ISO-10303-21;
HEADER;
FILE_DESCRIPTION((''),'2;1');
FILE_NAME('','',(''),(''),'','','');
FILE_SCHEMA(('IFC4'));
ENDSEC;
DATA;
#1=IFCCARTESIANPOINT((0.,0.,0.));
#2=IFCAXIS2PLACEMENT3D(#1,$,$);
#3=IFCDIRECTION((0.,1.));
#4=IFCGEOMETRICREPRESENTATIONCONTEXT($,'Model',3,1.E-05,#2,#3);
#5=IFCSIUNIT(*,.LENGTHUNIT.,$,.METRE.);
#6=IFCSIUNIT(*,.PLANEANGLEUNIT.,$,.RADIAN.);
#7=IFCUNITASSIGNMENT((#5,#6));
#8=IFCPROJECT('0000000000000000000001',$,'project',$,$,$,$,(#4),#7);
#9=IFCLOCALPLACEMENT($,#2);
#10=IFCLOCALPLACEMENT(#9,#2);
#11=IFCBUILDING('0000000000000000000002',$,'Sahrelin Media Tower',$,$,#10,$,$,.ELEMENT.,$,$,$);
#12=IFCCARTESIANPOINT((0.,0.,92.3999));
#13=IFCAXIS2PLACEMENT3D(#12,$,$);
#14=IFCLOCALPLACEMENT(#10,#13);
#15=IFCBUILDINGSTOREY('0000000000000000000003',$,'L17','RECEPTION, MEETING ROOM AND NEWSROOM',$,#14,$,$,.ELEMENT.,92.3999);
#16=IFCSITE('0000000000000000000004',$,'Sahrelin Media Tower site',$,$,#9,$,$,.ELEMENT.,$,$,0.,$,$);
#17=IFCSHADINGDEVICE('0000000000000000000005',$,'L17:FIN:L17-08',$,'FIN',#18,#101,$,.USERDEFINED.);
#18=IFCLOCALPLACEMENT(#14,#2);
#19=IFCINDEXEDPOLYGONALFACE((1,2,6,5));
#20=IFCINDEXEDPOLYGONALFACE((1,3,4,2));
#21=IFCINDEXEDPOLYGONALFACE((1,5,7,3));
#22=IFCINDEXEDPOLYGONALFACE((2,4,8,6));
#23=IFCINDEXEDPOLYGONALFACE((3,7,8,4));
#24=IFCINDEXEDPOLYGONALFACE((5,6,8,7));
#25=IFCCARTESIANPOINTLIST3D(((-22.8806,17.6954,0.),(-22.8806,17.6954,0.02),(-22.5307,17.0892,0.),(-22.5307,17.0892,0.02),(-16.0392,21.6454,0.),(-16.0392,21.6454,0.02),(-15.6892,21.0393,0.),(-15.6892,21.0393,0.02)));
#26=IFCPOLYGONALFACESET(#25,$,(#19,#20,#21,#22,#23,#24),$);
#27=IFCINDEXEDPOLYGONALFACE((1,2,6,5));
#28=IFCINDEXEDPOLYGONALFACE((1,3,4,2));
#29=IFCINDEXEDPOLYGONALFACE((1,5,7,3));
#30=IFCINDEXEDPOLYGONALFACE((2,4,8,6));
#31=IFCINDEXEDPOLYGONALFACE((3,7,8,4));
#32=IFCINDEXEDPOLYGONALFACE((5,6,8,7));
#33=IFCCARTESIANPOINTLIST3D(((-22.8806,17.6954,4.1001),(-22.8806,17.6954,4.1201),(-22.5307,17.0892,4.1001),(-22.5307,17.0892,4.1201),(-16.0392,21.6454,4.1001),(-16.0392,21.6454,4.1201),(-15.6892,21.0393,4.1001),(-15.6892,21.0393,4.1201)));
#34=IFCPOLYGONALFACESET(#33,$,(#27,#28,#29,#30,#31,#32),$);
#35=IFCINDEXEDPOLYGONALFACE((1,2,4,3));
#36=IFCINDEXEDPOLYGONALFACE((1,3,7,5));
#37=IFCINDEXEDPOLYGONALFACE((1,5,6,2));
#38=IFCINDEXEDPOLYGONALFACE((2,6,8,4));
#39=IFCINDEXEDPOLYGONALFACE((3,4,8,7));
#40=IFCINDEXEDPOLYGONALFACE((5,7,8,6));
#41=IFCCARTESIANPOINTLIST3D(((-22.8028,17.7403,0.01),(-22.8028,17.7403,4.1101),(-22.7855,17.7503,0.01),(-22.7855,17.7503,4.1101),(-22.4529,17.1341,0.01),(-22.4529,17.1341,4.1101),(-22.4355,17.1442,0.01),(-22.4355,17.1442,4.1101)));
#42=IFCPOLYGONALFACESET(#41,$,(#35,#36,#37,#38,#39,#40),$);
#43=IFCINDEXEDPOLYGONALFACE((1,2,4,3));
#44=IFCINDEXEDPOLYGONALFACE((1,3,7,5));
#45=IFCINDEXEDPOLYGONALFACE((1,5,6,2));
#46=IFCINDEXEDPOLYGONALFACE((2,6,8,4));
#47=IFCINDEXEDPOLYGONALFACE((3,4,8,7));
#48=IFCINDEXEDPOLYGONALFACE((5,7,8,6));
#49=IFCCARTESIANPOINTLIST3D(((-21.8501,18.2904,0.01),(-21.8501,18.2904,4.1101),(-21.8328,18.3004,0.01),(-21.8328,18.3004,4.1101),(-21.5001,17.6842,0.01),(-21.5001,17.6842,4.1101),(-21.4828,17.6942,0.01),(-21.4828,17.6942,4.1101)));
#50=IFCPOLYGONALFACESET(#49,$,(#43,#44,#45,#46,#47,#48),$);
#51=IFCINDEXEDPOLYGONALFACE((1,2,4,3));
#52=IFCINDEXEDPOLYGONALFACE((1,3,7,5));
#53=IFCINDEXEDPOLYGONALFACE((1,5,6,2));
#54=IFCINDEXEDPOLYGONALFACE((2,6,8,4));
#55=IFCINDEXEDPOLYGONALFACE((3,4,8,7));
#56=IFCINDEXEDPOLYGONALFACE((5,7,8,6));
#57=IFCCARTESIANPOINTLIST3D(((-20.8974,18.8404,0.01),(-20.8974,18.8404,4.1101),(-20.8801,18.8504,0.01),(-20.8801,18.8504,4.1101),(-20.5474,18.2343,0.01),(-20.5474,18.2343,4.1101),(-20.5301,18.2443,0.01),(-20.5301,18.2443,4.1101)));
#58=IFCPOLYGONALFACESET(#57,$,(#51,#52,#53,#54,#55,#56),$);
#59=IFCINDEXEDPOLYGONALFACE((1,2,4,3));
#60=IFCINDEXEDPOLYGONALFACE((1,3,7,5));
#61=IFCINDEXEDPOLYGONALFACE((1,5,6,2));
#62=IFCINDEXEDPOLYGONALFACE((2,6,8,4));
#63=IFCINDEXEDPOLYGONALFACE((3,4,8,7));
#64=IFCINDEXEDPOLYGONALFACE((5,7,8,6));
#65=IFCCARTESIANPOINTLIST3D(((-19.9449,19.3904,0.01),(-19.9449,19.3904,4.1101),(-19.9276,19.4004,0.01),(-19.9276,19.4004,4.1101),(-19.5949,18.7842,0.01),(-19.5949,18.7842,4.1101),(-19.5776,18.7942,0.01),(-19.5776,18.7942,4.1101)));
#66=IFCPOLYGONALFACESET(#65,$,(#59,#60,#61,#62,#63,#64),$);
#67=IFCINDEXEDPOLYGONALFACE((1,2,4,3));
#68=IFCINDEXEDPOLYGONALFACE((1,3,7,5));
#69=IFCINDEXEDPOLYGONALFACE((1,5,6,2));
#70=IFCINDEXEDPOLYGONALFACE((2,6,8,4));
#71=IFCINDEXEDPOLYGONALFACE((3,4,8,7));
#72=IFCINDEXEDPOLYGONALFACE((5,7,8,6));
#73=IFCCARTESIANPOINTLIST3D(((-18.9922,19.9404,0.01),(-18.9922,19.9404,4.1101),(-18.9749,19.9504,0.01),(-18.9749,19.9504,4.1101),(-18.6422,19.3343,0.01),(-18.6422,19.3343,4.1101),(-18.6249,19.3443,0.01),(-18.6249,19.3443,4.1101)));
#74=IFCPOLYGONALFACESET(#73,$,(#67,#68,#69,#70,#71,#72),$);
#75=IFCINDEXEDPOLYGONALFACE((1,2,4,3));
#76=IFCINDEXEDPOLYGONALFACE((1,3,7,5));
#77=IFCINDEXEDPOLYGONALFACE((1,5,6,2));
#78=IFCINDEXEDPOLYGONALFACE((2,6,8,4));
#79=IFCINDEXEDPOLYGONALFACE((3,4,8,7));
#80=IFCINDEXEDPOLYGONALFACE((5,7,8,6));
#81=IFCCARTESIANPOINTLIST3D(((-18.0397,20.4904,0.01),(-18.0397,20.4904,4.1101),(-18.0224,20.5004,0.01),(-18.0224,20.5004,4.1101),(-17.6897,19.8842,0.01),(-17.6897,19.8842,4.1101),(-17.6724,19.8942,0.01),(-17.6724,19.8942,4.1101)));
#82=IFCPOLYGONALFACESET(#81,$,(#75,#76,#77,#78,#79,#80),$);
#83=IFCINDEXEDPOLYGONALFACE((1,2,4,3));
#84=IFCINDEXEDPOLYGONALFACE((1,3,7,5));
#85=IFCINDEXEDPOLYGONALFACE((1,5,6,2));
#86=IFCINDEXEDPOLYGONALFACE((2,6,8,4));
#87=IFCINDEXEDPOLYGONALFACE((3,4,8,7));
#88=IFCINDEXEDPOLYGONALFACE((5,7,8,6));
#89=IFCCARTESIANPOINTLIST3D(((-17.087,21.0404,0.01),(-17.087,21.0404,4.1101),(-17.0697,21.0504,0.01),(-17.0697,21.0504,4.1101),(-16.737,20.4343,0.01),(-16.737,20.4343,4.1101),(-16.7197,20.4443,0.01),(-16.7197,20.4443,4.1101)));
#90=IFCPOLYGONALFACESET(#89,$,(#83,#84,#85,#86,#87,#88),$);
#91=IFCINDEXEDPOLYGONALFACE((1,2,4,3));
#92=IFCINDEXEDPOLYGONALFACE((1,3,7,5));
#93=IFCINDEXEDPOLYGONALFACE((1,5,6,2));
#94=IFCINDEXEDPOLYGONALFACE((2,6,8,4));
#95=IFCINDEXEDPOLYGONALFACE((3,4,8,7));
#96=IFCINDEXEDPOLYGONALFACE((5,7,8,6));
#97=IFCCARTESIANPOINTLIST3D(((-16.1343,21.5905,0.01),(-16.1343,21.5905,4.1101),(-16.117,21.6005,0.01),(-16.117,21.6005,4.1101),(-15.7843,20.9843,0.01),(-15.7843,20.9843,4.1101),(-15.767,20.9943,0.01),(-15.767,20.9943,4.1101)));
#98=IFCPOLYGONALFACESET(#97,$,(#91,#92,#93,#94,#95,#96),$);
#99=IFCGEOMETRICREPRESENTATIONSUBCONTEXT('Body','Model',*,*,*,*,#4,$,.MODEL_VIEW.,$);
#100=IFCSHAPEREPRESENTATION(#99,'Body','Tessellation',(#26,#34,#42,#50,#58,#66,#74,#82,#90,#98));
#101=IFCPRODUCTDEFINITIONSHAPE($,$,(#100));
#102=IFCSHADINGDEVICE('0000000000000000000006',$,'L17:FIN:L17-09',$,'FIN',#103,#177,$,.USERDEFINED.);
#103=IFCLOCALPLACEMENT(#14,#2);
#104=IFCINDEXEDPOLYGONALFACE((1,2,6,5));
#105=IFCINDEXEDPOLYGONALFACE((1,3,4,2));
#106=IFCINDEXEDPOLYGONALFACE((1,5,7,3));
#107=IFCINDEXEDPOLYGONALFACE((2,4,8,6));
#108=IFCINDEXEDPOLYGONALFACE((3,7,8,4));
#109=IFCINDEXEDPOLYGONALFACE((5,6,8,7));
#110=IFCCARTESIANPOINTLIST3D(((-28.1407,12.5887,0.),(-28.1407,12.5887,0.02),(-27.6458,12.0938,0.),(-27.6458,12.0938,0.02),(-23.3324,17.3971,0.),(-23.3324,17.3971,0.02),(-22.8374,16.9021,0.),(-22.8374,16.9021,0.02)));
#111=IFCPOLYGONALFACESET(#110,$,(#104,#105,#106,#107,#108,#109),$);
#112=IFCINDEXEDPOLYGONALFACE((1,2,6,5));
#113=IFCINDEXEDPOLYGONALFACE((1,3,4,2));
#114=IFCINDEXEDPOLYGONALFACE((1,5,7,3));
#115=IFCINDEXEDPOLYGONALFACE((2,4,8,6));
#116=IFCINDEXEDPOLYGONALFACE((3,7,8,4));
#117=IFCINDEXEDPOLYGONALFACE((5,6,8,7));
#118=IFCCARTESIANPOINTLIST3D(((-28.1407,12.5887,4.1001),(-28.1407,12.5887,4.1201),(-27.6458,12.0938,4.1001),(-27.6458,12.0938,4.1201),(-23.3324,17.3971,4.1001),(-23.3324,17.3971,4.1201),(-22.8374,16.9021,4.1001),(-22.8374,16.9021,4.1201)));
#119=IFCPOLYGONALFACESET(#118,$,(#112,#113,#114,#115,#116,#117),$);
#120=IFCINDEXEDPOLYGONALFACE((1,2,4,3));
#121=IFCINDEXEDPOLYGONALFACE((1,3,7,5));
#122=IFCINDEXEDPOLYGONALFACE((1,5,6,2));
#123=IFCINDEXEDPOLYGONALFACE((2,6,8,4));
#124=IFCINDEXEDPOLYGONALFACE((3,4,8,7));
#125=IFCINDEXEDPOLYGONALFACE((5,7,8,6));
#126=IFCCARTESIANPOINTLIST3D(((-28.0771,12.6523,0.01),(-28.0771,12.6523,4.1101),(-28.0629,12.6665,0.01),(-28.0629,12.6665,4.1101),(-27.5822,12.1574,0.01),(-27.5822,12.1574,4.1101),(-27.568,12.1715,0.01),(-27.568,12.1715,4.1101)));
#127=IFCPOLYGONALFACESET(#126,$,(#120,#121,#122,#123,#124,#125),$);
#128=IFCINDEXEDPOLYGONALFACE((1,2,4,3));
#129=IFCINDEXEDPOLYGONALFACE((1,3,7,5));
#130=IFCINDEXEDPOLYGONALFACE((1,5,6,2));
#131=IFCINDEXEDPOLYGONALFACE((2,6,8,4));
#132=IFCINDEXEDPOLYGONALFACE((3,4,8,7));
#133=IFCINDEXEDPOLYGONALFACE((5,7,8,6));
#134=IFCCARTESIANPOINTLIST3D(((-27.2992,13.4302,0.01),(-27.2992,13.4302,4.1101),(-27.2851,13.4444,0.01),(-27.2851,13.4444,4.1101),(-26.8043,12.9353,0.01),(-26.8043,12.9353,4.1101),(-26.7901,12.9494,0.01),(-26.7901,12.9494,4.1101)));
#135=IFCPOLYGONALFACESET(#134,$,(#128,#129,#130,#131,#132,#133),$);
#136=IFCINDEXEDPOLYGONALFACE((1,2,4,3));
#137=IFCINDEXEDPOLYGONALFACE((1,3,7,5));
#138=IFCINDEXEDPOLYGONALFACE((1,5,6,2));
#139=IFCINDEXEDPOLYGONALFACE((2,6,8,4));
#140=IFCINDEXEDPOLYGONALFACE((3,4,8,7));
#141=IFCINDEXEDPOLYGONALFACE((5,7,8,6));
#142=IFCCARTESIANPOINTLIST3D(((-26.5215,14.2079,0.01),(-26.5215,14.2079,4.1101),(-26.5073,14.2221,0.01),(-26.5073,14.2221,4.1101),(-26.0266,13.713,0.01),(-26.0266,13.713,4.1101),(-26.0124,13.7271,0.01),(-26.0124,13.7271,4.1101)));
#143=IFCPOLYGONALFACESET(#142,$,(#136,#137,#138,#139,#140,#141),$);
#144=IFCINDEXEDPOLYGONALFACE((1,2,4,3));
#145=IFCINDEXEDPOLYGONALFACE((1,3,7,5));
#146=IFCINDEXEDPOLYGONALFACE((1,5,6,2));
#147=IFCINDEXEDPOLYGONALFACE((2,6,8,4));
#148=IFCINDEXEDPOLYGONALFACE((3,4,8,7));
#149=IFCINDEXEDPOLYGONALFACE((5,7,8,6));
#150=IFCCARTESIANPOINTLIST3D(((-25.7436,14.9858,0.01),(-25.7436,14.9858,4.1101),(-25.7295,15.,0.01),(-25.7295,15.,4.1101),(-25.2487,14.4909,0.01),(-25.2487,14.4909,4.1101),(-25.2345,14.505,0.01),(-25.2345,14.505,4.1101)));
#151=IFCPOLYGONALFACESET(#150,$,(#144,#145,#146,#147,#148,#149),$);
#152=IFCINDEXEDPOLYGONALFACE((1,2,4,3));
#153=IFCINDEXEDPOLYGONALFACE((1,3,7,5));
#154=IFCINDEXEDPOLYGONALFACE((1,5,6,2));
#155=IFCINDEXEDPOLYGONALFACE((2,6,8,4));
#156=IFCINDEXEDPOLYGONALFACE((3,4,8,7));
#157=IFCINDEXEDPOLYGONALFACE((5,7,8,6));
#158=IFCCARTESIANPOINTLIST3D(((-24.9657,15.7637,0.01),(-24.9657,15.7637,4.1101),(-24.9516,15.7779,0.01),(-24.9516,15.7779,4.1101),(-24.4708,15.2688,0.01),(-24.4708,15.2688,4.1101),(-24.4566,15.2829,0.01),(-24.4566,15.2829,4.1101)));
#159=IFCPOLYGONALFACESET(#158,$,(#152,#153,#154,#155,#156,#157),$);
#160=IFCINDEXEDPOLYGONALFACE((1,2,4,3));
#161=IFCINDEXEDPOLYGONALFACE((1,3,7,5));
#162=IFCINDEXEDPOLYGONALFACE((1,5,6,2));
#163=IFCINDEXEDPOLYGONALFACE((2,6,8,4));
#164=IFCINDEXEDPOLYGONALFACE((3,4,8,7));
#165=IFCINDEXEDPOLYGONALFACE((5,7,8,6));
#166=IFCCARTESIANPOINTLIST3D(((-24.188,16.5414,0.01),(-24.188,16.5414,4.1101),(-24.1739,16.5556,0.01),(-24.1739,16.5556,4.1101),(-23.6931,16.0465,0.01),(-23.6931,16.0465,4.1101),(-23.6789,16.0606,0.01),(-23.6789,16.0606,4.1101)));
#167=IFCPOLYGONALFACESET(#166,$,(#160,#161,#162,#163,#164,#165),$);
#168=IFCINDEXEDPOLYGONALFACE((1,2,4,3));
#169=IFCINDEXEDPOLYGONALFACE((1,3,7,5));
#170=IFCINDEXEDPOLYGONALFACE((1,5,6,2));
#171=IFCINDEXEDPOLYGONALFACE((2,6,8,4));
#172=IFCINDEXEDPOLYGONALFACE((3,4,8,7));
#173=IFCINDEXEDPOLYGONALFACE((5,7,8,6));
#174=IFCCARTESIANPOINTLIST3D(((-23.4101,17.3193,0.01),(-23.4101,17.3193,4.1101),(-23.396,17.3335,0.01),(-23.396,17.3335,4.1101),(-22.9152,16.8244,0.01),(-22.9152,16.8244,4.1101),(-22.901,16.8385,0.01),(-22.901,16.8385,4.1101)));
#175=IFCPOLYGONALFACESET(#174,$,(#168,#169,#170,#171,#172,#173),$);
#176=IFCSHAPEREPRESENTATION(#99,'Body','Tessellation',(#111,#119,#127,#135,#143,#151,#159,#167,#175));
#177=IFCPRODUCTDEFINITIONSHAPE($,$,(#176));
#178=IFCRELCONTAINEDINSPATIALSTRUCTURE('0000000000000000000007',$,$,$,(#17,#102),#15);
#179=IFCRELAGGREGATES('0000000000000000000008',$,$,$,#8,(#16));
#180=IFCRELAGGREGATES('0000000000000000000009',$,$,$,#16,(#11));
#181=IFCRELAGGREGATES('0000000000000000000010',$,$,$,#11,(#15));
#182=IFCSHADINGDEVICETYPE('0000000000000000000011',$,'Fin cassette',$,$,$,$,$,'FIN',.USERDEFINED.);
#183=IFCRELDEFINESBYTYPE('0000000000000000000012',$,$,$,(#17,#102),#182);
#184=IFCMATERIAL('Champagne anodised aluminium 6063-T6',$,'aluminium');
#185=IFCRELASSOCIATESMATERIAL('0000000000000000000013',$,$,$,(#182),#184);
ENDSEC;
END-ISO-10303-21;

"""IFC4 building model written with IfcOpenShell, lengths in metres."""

from ifc_helpers import new_model, si_unit, direction, frame, origin, origin_2d, place, context, subcontext, project, spatial, rectangle, extrude, material, type_object, element, save


model = new_model("IFC4")

# Units and contexts
model_context = context("Model", 3, precision=1e-05, world=origin(), true_north=direction((0.0, 1.0)))
body_context = subcontext(model_context, "Body", "Model", "MODEL_VIEW")
ifc_project = project(units=[si_unit("LENGTHUNIT", "METRE"), si_unit("PLANEANGLEUNIT", "RADIAN")], contexts=[model_context])

# Site, building, storey
site_placement = place(None, origin())
site = spatial("IfcSite", under=ifc_project, at=site_placement, Name="Sahrelin Media Tower site", CompositionType="ELEMENT", RefElevation=0.0)
building_placement = place(site_placement, origin())
building = spatial("IfcBuilding", under=site, at=building_placement, Name="Sahrelin Media Tower", CompositionType="ELEMENT")
storey_placement = place(building_placement, frame((0.0, 0.0, 92.3999)))
storey = spatial("IfcBuildingStorey", under=building, at=storey_placement, Name="L17", Description="RECEPTION, MEETING ROOM AND NEWSROOM", CompositionType="ELEMENT", Elevation=92.3999)

# Shared definitions
ifc_material_1 = material(Name="Champagne anodised aluminium 6063-T6", Category="aluminium")

# Shading devices
shading_device_type_1 = type_object("IfcShadingDeviceType", Name="Fin cassette", ElementType="FIN", PredefinedType="USERDEFINED", material=ifc_material_1)
placement_1 = place(storey_placement, frame((-19.075, 19.0037, 0.0), z_axis=(0.0, 0.0, 1.0), x_axis=(0.866019, 0.500011, 0.0)))
element("IfcShadingDevice", 1, at=placement_1, inside=storey, type_object=shading_device_type_1, Name="L17:FIN:L17-08", ObjectType="FIN", PredefinedType="USERDEFINED", context=body_context, shape_type="SweptSolid", body=[
    extrude(rectangle(XDim=7.8999, YDim=0.7, at=origin_2d()), frame((0.0, 0.4199, 0.0)), (0.0, 0.0, 1.0), 0.02),
    extrude(rectangle(XDim=7.8999, YDim=0.7, at=origin_2d()), frame((0.0, 0.4199, 4.1001)), (0.0, 0.0, 1.0), 0.02),
    extrude(rectangle(XDim=0.02, YDim=0.7, at=origin_2d()), frame((-3.8501, 0.4199, 0.01), z_axis=(0.0, 0.0, 1.0), x_axis=(1.0, 0.0, 0.0)), (0.0, 0.0, 1.0), 4.1001),
    extrude(rectangle(XDim=0.02, YDim=0.7, at=origin_2d()), frame((-2.75, 0.4199, 0.01), z_axis=(0.0, 0.0, 1.0), x_axis=(1.0, 0.0, 0.0)), (0.0, 0.0, 1.0), 4.1001),
    extrude(rectangle(XDim=0.02, YDim=0.7, at=origin_2d()), frame((-1.6499, 0.4199, 0.01), z_axis=(0.0, 0.0, 1.0), x_axis=(1.0, 0.0, 0.0)), (0.0, 0.0, 1.0), 4.1001),
    extrude(rectangle(XDim=0.02, YDim=0.7, at=origin_2d()), frame((-0.55, 0.4199, 0.01), z_axis=(0.0, 0.0, 1.0), x_axis=(1.0, 0.0, 0.0)), (0.0, 0.0, 1.0), 4.1001),
    extrude(rectangle(XDim=0.02, YDim=0.7, at=origin_2d()), frame((0.55, 0.4199, 0.01), z_axis=(0.0, 0.0, 1.0), x_axis=(1.0, 0.0, 0.0)), (0.0, 0.0, 1.0), 4.1001),
    extrude(rectangle(XDim=0.02, YDim=0.7, at=origin_2d()), frame((1.6499, 0.4199, 0.01), z_axis=(0.0, 0.0, 1.0), x_axis=(1.0, 0.0, 0.0)), (0.0, 0.0, 1.0), 4.1001),
    extrude(rectangle(XDim=0.02, YDim=0.7, at=origin_2d()), frame((2.75, 0.4199, 0.01), z_axis=(0.0, 0.0, 1.0), x_axis=(1.0, 0.0, 0.0)), (0.0, 0.0, 1.0), 4.1001),
    extrude(rectangle(XDim=0.02, YDim=0.7, at=origin_2d()), frame((3.8501, 0.4199, 0.01), z_axis=(0.0, 0.0, 1.0), x_axis=(1.0, 0.0, 0.0)), (0.0, 0.0, 1.0), 4.1001),
])
placement_2 = place(storey_placement, frame((-25.1921, 14.4485, 0.0), z_axis=(0.0, 0.0, 1.0), x_axis=(0.707107, 0.707107, 0.0)))
element("IfcShadingDevice", 2, at=placement_2, inside=storey, type_object=shading_device_type_1, Name="L17:FIN:L17-09", ObjectType="FIN", PredefinedType="USERDEFINED", context=body_context, shape_type="SweptSolid", body=[
    extrude(rectangle(XDim=6.8, YDim=0.7, at=origin_2d()), frame((0.0, 0.4199, 0.0)), (0.0, 0.0, 1.0), 0.02),
    extrude(rectangle(XDim=6.8, YDim=0.7, at=origin_2d()), frame((0.0, 0.4199, 4.1001)), (0.0, 0.0, 1.0), 0.02),
    extrude(rectangle(XDim=0.02, YDim=0.7, at=origin_2d()), frame((-3.3, 0.4199, 0.01), z_axis=(0.0, 0.0, 1.0), x_axis=(1.0, 0.0, 0.0)), (0.0, 0.0, 1.0), 4.1001),
    extrude(rectangle(XDim=0.02, YDim=0.7, at=origin_2d()), frame((-2.2, 0.4199, 0.01), z_axis=(0.0, 0.0, 1.0), x_axis=(1.0, 0.0, 0.0)), (0.0, 0.0, 1.0), 4.1001),
    extrude(rectangle(XDim=0.02, YDim=0.7, at=origin_2d()), frame((-1.1001, 0.4199, 0.01), z_axis=(0.0, 0.0, 1.0), x_axis=(1.0, 0.0, 0.0)), (0.0, 0.0, 1.0), 4.1001),
    extrude(rectangle(XDim=0.02, YDim=0.7, at=origin_2d()), frame((0.0, 0.4199, 0.01), z_axis=(0.0, 0.0, 1.0), x_axis=(1.0, 0.0, 0.0)), (0.0, 0.0, 1.0), 4.1001),
    extrude(rectangle(XDim=0.02, YDim=0.7, at=origin_2d()), frame((1.1001, 0.4199, 0.01), z_axis=(0.0, 0.0, 1.0), x_axis=(1.0, 0.0, 0.0)), (0.0, 0.0, 1.0), 4.1001),
    extrude(rectangle(XDim=0.02, YDim=0.7, at=origin_2d()), frame((2.2, 0.4199, 0.01), z_axis=(0.0, 0.0, 1.0), x_axis=(1.0, 0.0, 0.0)), (0.0, 0.0, 1.0), 4.1001),
    extrude(rectangle(XDim=0.02, YDim=0.7, at=origin_2d()), frame((3.3, 0.4199, 0.01), z_axis=(0.0, 0.0, 1.0), x_axis=(1.0, 0.0, 0.0)), (0.0, 0.0, 1.0), 4.1001),
])

save(model, "model.ifc")
